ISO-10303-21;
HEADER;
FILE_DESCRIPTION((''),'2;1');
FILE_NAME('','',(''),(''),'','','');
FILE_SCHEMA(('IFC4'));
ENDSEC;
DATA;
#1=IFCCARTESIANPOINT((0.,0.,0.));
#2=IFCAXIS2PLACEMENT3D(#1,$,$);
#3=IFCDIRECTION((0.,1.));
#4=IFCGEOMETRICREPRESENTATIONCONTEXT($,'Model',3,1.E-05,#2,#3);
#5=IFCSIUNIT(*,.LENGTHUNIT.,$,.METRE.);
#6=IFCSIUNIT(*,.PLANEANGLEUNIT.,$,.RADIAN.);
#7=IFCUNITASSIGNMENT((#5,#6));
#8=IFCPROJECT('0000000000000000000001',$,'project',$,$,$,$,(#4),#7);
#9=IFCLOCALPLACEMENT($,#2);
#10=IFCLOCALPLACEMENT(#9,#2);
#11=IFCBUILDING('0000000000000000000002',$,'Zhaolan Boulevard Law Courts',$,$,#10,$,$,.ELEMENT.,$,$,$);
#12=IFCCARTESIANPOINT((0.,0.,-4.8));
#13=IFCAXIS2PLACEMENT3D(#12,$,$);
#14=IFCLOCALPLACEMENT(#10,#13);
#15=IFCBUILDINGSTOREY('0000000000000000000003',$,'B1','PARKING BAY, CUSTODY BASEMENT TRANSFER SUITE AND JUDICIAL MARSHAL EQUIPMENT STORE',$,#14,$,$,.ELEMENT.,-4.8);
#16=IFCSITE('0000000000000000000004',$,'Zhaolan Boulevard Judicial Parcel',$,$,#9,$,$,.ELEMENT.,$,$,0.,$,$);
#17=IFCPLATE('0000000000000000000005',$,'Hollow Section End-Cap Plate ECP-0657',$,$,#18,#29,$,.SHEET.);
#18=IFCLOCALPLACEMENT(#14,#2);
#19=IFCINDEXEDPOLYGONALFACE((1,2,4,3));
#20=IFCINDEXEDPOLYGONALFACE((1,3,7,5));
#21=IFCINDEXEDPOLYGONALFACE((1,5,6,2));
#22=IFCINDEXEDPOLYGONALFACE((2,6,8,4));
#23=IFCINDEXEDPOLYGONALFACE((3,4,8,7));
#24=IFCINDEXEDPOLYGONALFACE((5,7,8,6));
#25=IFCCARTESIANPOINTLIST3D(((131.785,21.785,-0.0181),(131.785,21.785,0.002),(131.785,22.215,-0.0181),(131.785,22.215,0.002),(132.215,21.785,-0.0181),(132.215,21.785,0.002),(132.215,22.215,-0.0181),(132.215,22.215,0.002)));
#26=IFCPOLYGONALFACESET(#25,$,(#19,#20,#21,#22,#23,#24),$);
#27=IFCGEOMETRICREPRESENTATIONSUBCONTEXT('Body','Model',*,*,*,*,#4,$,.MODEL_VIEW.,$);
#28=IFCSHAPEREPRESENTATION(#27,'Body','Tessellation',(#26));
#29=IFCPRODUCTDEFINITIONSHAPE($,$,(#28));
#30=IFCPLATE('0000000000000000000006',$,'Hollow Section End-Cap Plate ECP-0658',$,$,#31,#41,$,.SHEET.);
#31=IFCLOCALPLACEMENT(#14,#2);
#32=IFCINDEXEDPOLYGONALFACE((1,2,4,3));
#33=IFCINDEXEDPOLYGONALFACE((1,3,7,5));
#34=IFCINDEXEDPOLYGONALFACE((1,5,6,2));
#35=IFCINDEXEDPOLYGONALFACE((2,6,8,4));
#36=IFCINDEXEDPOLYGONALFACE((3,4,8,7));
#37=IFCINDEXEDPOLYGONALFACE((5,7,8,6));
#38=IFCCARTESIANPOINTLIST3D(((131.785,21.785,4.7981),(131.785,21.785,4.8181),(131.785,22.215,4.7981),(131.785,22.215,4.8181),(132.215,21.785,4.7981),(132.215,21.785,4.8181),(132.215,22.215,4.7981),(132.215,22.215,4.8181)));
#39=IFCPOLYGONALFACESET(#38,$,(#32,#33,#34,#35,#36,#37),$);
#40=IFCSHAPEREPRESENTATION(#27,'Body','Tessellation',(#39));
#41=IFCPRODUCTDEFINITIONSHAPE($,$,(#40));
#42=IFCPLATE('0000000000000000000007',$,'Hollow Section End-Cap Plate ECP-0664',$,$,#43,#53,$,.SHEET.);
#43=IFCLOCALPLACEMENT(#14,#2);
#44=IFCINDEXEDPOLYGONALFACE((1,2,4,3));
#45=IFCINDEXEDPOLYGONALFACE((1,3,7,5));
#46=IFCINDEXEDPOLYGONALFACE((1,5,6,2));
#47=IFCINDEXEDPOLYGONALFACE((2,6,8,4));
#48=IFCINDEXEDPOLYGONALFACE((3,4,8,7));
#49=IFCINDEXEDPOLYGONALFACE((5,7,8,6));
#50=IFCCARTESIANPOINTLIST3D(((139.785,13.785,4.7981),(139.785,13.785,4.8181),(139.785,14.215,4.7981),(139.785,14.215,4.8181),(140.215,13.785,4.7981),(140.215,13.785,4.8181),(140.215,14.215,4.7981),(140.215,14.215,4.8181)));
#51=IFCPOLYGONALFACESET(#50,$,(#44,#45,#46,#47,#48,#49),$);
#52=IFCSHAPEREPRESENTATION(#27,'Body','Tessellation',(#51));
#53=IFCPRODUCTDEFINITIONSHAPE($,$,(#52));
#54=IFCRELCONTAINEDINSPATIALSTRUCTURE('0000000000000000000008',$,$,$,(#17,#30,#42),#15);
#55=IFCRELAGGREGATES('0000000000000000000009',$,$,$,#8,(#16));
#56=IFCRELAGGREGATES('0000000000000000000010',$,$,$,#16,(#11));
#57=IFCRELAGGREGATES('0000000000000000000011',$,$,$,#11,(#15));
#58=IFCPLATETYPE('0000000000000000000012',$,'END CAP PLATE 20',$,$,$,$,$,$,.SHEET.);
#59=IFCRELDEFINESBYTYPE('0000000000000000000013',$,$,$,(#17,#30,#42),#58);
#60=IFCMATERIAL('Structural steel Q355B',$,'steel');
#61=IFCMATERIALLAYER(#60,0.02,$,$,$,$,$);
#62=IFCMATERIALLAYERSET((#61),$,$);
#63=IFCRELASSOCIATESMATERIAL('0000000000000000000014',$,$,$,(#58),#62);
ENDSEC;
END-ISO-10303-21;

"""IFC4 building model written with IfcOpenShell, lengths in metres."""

from ifc_helpers import new_model, si_unit, direction, frame, origin, origin_2d, place, context, subcontext, project, spatial, rectangle, extrude, material, layer, layer_set, type_object, element, save


model = new_model("IFC4")

# Units and contexts
model_context = context("Model", 3, precision=1e-05, world=origin(), true_north=direction((0.0, 1.0)))
body_context = subcontext(model_context, "Body", "Model", "MODEL_VIEW")
ifc_project = project(units=[si_unit("LENGTHUNIT", "METRE"), si_unit("PLANEANGLEUNIT", "RADIAN")], contexts=[model_context])

# Site, building, storey
site_placement = place(None, origin())
site = spatial("IfcSite", under=ifc_project, at=site_placement, Name="Zhaolan Boulevard Judicial Parcel", CompositionType="ELEMENT", RefElevation=0.0)
building_placement = place(site_placement, origin())
building = spatial("IfcBuilding", under=site, at=building_placement, Name="Zhaolan Boulevard Law Courts", CompositionType="ELEMENT")
storey_placement = place(building_placement, frame((0.0, 0.0, -4.8)))
storey = spatial("IfcBuildingStorey", under=building, at=storey_placement, Name="B1", Description="PARKING BAY, CUSTODY BASEMENT TRANSFER SUITE AND JUDICIAL MARSHAL EQUIPMENT STORE", CompositionType="ELEMENT", Elevation=-4.8)

# Plates
ifc_material_1 = material(Name="Structural steel Q355B", Category="steel")
ifc_layer = layer(ifc_material_1, 0.02)
ifc_layer_set = layer_set([ifc_layer])
plate_type = type_object("IfcPlateType", Name="END CAP PLATE 20", PredefinedType="SHEET", material=ifc_layer_set)
for number, where, z_axis, x_axis, name in (
    (1, (132.0, 22.0, -0.0181), (0.0, 0.0, 1.0), (1.0, 0.0, 0.0), "Hollow Section End-Cap Plate ECP-0657"),
    (2, (132.0, 22.0, 4.7981), (0.0, 0.0, 1.0), (1.0, 0.0, 0.0), "Hollow Section End-Cap Plate ECP-0658"),
    (3, (140.0, 14.0, 4.7981), (0.0, 0.0, 1.0), (1.0, 0.0, 0.0), "Hollow Section End-Cap Plate ECP-0664"),
):
    element("IfcPlate", number, at=place(storey_placement, frame(where, z_axis=z_axis, x_axis=x_axis)), inside=storey, type_object=plate_type, Name=name, PredefinedType="SHEET", context=body_context, shape_type="SweptSolid", body=[
        extrude(rectangle(XDim=0.4299, YDim=0.4299, at=origin_2d()), origin(), (0.0, 0.0, 1.0), 0.02),
    ])

save(model, "model.ifc")
